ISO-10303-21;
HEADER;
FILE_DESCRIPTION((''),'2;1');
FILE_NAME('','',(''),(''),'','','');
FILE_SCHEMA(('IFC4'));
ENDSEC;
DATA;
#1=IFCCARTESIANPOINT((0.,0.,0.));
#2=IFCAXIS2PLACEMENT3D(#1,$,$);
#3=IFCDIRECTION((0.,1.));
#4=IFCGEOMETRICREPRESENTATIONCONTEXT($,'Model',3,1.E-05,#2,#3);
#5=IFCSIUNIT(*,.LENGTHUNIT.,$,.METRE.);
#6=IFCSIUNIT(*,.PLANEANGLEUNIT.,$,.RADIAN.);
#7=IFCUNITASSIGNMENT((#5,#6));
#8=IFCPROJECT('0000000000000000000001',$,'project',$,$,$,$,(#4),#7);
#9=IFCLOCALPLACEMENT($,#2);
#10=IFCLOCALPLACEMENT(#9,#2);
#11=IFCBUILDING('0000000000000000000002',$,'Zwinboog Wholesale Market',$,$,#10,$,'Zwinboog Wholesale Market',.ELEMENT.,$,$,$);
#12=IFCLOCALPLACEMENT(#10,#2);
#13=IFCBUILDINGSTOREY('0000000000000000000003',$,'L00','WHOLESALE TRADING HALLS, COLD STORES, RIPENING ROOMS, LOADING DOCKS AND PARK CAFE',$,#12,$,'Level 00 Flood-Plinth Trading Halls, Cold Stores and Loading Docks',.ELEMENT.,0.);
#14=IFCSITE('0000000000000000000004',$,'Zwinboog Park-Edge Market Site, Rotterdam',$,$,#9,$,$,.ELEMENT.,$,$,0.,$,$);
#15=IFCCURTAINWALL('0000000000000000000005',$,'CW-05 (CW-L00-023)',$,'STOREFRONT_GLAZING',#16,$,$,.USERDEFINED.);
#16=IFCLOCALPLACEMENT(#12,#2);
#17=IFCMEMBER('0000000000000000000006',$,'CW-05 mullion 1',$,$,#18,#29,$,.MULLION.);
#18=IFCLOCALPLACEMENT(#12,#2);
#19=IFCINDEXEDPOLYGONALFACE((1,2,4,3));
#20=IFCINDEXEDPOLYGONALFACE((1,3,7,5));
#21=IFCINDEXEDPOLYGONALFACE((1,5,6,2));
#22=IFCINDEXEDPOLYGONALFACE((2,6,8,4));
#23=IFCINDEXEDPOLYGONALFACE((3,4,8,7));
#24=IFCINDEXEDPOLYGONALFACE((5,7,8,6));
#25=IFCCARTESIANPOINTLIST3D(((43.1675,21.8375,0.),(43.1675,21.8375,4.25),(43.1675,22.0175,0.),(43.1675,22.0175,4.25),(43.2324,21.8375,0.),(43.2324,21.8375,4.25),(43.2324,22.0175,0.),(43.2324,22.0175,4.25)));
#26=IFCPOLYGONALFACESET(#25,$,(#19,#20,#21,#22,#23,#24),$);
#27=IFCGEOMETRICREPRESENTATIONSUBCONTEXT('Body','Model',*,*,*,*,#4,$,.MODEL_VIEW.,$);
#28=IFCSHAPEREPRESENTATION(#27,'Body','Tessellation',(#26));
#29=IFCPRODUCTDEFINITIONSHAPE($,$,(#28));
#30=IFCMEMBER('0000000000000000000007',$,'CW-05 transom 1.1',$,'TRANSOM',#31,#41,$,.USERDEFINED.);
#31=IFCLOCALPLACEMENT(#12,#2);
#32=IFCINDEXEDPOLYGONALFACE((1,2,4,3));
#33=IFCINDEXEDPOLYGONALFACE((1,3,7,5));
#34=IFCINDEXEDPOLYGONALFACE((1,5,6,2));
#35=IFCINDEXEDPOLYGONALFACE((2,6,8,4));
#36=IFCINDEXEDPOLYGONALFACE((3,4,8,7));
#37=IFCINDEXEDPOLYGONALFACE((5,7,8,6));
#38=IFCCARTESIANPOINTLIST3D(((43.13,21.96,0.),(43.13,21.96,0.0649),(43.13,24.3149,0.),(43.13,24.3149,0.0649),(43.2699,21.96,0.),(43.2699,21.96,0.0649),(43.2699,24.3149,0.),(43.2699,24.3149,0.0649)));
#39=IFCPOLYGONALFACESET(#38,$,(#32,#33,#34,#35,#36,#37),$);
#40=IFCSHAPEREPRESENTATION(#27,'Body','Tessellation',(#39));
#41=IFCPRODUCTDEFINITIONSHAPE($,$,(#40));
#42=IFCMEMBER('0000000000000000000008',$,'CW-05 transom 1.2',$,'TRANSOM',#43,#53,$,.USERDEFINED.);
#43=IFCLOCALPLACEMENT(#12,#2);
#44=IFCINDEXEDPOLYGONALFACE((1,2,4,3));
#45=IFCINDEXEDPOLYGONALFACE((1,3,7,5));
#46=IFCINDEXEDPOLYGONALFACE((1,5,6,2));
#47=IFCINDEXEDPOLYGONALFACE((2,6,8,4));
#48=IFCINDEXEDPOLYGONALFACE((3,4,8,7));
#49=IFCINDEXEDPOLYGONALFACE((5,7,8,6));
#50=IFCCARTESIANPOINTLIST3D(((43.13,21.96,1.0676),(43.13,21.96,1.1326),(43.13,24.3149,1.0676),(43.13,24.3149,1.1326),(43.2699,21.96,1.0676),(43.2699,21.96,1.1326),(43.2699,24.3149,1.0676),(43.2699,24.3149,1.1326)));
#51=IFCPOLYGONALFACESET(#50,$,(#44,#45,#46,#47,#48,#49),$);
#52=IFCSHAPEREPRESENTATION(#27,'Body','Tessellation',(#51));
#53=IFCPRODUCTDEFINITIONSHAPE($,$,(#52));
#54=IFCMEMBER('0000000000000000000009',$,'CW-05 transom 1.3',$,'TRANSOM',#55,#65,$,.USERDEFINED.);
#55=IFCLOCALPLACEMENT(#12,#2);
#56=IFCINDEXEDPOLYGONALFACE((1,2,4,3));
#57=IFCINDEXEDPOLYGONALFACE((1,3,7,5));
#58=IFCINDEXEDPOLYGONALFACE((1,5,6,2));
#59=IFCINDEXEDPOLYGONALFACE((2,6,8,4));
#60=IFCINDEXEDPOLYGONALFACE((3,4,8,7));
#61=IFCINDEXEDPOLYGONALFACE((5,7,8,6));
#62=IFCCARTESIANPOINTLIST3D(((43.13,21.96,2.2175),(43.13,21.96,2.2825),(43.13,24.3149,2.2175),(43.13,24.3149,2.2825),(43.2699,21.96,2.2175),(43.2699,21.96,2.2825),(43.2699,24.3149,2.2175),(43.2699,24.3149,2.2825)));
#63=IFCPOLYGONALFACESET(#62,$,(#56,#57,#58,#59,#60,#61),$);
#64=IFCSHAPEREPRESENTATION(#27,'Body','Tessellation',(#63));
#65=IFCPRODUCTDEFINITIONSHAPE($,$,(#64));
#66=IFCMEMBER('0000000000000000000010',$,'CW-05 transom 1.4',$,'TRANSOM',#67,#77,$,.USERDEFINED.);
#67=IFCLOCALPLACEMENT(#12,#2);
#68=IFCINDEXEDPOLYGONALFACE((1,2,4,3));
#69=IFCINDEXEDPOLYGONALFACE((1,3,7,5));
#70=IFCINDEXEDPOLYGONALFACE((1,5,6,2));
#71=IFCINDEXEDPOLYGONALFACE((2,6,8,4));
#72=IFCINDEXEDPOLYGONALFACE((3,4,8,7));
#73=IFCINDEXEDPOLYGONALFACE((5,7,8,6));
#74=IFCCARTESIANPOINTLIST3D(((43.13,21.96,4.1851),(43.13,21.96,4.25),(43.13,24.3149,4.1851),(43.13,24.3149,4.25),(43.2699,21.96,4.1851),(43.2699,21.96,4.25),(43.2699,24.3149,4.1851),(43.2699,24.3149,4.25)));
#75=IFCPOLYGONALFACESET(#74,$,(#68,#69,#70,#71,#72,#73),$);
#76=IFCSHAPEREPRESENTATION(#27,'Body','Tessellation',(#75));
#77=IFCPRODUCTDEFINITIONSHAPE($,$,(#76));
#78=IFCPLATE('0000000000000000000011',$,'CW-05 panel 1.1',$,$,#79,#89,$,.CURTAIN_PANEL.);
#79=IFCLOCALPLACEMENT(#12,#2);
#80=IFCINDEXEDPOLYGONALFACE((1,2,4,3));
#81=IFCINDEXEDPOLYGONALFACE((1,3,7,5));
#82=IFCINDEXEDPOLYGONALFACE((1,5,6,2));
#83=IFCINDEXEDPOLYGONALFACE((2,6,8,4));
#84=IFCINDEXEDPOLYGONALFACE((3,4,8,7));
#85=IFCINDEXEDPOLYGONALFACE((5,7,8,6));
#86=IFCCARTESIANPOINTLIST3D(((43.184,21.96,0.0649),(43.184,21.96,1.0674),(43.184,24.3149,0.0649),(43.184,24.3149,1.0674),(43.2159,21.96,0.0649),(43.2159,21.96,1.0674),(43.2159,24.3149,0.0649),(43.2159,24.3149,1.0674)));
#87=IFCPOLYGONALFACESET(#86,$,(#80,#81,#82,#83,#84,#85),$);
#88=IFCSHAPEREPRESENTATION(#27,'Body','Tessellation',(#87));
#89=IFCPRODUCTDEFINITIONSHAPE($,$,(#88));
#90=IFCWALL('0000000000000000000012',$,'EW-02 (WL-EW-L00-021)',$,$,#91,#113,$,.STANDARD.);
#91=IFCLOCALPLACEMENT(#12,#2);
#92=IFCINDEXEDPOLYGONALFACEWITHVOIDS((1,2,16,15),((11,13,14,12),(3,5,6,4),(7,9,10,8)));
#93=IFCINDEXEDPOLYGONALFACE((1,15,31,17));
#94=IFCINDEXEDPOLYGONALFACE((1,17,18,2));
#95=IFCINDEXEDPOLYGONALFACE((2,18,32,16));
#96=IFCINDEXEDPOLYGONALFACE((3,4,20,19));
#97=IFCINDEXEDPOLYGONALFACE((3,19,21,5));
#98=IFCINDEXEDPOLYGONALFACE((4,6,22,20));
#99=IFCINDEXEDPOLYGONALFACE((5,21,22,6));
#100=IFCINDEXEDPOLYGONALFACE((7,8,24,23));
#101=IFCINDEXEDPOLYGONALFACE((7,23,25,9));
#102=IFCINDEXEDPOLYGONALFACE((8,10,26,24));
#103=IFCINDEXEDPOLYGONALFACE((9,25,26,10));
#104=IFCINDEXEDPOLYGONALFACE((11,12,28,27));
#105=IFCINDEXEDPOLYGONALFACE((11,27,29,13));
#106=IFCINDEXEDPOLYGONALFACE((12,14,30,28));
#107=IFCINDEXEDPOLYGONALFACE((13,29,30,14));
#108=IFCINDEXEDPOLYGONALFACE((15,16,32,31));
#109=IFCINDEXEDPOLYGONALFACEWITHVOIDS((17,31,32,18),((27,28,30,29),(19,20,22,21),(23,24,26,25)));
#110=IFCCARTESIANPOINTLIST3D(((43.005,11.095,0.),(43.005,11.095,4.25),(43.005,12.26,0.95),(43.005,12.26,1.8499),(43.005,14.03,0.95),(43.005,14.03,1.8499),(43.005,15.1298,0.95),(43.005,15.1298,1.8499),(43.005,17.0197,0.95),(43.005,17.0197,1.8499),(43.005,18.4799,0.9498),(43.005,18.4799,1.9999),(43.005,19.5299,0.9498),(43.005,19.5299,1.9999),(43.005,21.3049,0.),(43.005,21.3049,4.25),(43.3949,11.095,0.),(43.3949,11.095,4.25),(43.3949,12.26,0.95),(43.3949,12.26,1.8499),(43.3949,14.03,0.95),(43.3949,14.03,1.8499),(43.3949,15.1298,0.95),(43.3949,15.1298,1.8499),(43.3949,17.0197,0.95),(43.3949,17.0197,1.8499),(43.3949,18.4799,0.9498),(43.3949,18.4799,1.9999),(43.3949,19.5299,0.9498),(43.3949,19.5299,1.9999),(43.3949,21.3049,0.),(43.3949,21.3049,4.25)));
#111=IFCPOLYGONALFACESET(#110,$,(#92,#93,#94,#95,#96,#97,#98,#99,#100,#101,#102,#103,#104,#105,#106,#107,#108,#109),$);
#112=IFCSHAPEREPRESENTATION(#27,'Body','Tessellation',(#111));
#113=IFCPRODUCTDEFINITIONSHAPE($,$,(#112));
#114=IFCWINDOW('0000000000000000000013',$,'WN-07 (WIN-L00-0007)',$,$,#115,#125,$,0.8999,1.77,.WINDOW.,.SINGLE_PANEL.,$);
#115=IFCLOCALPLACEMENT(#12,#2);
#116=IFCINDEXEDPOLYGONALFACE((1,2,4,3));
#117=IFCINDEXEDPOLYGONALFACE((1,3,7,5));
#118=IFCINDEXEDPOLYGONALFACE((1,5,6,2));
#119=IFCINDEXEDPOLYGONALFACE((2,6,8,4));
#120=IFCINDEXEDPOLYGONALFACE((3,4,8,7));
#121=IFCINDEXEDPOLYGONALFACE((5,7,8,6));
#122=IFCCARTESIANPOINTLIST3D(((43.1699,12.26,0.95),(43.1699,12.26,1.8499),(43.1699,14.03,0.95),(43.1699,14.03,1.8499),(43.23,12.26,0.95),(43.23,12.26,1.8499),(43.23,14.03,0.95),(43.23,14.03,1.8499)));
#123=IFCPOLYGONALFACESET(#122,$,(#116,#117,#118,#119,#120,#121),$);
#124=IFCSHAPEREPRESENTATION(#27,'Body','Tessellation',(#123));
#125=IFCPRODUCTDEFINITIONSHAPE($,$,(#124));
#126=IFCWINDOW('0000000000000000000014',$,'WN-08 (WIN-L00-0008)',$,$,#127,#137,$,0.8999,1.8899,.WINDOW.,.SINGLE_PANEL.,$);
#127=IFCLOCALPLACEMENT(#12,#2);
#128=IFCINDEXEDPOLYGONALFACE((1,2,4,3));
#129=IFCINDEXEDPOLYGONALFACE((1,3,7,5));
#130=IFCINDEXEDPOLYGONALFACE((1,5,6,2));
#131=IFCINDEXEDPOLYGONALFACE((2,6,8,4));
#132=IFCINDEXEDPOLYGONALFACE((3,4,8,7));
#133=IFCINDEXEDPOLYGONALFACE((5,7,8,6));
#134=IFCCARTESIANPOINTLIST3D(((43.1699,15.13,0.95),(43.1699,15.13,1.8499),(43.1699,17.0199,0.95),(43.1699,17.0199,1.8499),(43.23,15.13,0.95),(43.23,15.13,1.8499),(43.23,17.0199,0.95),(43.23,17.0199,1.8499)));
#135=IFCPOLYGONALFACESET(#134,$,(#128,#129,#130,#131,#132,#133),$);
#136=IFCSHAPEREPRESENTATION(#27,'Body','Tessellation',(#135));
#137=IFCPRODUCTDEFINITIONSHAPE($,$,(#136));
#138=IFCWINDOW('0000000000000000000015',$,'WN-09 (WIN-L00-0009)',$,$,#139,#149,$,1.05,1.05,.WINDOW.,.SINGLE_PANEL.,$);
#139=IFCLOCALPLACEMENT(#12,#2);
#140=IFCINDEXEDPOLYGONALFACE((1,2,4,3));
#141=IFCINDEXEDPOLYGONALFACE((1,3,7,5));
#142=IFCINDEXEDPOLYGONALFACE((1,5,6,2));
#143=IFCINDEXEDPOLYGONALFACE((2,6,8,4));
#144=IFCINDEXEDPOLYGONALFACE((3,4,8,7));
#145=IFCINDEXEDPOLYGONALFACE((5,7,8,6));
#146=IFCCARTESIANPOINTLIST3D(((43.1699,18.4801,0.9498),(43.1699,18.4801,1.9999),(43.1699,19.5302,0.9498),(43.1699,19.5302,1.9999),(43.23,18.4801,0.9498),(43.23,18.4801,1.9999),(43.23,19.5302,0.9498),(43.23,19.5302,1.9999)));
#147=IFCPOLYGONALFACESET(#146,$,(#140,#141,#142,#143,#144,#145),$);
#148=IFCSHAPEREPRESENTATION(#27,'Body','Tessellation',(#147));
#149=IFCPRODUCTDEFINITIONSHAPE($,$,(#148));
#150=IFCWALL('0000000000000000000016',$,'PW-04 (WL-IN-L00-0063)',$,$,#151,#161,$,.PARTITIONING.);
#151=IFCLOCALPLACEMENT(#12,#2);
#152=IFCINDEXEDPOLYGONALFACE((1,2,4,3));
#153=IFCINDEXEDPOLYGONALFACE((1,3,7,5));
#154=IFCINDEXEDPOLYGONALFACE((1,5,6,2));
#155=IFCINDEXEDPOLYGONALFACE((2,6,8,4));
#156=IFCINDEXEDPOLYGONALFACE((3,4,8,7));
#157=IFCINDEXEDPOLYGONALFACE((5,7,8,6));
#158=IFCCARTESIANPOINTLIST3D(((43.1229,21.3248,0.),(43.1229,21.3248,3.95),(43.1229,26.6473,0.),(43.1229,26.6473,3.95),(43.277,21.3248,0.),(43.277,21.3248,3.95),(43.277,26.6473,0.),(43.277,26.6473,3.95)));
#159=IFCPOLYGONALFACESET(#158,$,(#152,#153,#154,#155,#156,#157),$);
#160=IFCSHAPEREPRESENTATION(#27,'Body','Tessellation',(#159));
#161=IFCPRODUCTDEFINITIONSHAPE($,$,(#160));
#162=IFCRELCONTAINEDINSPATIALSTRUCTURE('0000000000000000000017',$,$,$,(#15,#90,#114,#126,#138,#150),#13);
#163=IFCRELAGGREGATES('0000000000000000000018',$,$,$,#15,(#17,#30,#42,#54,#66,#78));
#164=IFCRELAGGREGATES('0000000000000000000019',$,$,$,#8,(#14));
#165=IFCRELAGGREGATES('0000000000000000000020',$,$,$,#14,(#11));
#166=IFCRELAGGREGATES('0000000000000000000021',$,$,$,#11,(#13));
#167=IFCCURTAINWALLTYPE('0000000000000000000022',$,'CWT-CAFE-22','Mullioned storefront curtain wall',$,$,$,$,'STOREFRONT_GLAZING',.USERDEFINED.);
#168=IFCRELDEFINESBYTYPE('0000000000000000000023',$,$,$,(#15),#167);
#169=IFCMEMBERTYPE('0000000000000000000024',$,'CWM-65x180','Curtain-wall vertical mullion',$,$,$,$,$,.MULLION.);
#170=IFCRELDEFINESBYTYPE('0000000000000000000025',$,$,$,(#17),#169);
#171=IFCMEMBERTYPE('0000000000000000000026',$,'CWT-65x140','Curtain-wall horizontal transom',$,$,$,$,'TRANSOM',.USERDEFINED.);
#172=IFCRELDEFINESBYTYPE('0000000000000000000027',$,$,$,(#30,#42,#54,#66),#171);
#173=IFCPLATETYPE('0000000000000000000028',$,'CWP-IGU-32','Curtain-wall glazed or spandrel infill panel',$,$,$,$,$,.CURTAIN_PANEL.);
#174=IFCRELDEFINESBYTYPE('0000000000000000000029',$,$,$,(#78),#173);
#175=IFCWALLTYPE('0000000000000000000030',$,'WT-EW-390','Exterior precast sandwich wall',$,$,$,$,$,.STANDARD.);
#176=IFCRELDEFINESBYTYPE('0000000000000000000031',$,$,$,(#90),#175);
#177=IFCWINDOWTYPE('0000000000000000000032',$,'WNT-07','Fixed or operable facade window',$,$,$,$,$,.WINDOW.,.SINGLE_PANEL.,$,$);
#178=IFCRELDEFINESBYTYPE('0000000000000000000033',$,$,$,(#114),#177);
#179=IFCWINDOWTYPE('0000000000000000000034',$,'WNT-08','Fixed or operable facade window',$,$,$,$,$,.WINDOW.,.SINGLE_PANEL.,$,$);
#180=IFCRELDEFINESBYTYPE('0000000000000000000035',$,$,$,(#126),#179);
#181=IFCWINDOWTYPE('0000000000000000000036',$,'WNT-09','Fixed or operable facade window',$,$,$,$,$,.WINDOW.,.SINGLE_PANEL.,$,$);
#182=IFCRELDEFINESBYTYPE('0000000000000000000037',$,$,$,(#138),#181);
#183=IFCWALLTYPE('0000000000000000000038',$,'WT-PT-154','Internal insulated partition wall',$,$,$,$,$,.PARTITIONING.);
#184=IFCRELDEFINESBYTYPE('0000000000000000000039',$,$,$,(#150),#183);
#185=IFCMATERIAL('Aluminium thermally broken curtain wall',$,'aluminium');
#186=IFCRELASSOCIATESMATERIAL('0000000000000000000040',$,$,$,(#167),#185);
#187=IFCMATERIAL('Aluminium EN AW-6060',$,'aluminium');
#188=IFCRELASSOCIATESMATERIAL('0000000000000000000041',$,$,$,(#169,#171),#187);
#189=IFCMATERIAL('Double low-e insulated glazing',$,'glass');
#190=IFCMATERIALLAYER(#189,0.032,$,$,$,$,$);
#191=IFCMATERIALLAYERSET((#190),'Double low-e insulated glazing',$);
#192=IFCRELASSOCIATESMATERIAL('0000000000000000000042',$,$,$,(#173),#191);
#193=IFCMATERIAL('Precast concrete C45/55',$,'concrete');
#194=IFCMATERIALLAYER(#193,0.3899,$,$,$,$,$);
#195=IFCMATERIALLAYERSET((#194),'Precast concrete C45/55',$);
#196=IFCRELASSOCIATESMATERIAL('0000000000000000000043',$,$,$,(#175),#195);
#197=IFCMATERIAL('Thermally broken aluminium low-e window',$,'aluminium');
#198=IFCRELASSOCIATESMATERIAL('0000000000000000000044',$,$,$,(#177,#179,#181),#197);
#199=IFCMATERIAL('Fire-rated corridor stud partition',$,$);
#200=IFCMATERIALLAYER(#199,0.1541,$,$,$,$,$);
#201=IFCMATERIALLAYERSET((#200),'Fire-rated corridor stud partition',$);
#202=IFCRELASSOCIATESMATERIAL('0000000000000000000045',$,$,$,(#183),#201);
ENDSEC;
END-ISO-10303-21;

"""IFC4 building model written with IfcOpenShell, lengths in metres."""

from ifc_helpers import new_model, si_unit, direction, frame, frame_2d, origin, origin_2d, place, context, subcontext, project, spatial, rectangle, extrude, material, layer, layer_set, material_profile, profile_set, type_object, element, fill, aggregate, save


model = new_model("IFC4")

# Units and contexts
model_context = context("Model", 3, precision=1e-05, world=origin(), true_north=direction((0.0, 1.0)))
body_context = subcontext(model_context, "Body", "Model", "MODEL_VIEW")
ifc_project = project(units=[si_unit("LENGTHUNIT", "METRE"), si_unit("PLANEANGLEUNIT", "RADIAN")], contexts=[model_context])

# Site, building, storey
site_placement = place(None, origin())
site = spatial("IfcSite", under=ifc_project, at=site_placement, Name="Zwinboog Park-Edge Market Site, Rotterdam", CompositionType="ELEMENT", RefElevation=0.0)
building_placement = place(site_placement, origin())
building = spatial("IfcBuilding", under=site, at=building_placement, Name="Zwinboog Wholesale Market", LongName="Zwinboog Wholesale Market", CompositionType="ELEMENT")
storey_placement = place(building_placement, origin())
storey = spatial("IfcBuildingStorey", under=building, at=storey_placement, Name="L00", Description="WHOLESALE TRADING HALLS, COLD STORES, RIPENING ROOMS, LOADING DOCKS AND PARK CAFE", LongName="Level 00 Flood-Plinth Trading Halls, Cold Stores and Loading Docks", CompositionType="ELEMENT", Elevation=0.0)

# Shared definitions
ifc_material_1 = material(Name="Precast concrete C45/55", Category="concrete")

# Curtain wall, members, plate
ifc_material_2 = material(Name="Aluminium thermally broken curtain wall", Category="aluminium")
curtain_wall_type = type_object("IfcCurtainWallType", Name="CWT-CAFE-22", Description="Mullioned storefront curtain wall", ElementType="STOREFRONT_GLAZING", PredefinedType="USERDEFINED", material=ifc_material_2)
curtain_wall_placement = place(storey_placement, origin())
curtain_wall = element("IfcCurtainWall", 1, at=curtain_wall_placement, inside=storey, type_object=curtain_wall_type, Name="CW-05 (CW-L00-023)", ObjectType="STOREFRONT_GLAZING", PredefinedType="USERDEFINED")
ifc_material_3 = material(Name="Aluminium EN AW-6060", Category="aluminium")
ifc_material_profile_1 = material_profile(ifc_material_3, rectangle(XDim=0.0649, YDim=0.1799, at=origin_2d()), Name="AL 65x180")
ifc_profile_set_1 = profile_set([ifc_material_profile_1], Name="Aluminium EN AW-6060")
member_type_1 = type_object("IfcMemberType", Name="CWM-65x180", Description="Curtain-wall vertical mullion", PredefinedType="MULLION", material=ifc_profile_set_1)
member_1_placement = place(storey_placement, frame((43.2, 21.9275, 0.0), z_axis=(0.0, 0.0, 1.0), x_axis=(-1.0, 0.0, 0.0)))
member_1 = element("IfcMember", 2, at=member_1_placement, type_object=member_type_1, Name="CW-05 mullion 1", PredefinedType="MULLION", context=body_context, shape_type="SweptSolid", body=[
    extrude(rectangle(XDim=0.0649, YDim=0.1799, at=origin_2d()), origin(), (0.0, 0.0, 1.0), 4.25),
])
ifc_material_profile_2 = material_profile(ifc_material_3, rectangle(XDim=0.1399, YDim=0.0649, at=origin_2d()), Name="AL 65x140")
ifc_profile_set_2 = profile_set([ifc_material_profile_2], Name="Aluminium EN AW-6060")
member_type_2 = type_object("IfcMemberType", Name="CWT-65x140", Description="Curtain-wall horizontal transom", ElementType="TRANSOM", PredefinedType="USERDEFINED", material=ifc_profile_set_2)
member_2_placement = place(storey_placement, frame((43.2, 21.96, 0.0325), z_axis=(0.0, 1.0, 0.0), x_axis=(-1.0, 0.0, 0.0)))
member_2 = element("IfcMember", 3, at=member_2_placement, type_object=member_type_2, Name="CW-05 transom 1.1", ObjectType="TRANSOM", PredefinedType="USERDEFINED", context=body_context, shape_type="SweptSolid", body=[
    extrude(rectangle(XDim=0.1399, YDim=0.0649, at=origin_2d()), origin(), (0.0, 0.0, 1.0), 2.355),
])
member_3_placement = place(storey_placement, frame((43.2, 21.96, 1.1001), z_axis=(0.0, 1.0, 0.0), x_axis=(-1.0, 0.0, 0.0)))
member_3 = element("IfcMember", 4, at=member_3_placement, type_object=member_type_2, Name="CW-05 transom 1.2", ObjectType="TRANSOM", PredefinedType="USERDEFINED", context=body_context, shape_type="SweptSolid", body=[
    extrude(rectangle(XDim=0.1399, YDim=0.0649, at=origin_2d()), origin(), (0.0, 0.0, 1.0), 2.355),
])
member_4_placement = place(storey_placement, frame((43.2, 21.96, 2.25), z_axis=(0.0, 1.0, 0.0), x_axis=(-1.0, 0.0, 0.0)))
member_4 = element("IfcMember", 5, at=member_4_placement, type_object=member_type_2, Name="CW-05 transom 1.3", ObjectType="TRANSOM", PredefinedType="USERDEFINED", context=body_context, shape_type="SweptSolid", body=[
    extrude(rectangle(XDim=0.1399, YDim=0.0649, at=origin_2d()), origin(), (0.0, 0.0, 1.0), 2.355),
])
member_5_placement = place(storey_placement, frame((43.2, 21.96, 4.2175), z_axis=(0.0, 1.0, 0.0), x_axis=(-1.0, 0.0, 0.0)))
member_5 = element("IfcMember", 6, at=member_5_placement, type_object=member_type_2, Name="CW-05 transom 1.4", ObjectType="TRANSOM", PredefinedType="USERDEFINED", context=body_context, shape_type="SweptSolid", body=[
    extrude(rectangle(XDim=0.1399, YDim=0.0649, at=origin_2d()), origin(), (0.0, 0.0, 1.0), 2.355),
])
ifc_material_4 = material(Name="Double low-e insulated glazing", Category="glass")
ifc_layer_1 = layer(ifc_material_4, 0.032)
ifc_layer_set_1 = layer_set([ifc_layer_1], Name="Double low-e insulated glazing")
plate_type = type_object("IfcPlateType", Name="CWP-IGU-32", Description="Curtain-wall glazed or spandrel infill panel", PredefinedType="CURTAIN_PANEL", material=ifc_layer_set_1)
plate_placement = place(storey_placement, frame((43.2, 23.1375, 0.0649), z_axis=(0.0, 0.0, 1.0), x_axis=(0.0, 1.0, 0.0)))
plate = element("IfcPlate", 7, at=plate_placement, type_object=plate_type, Name="CW-05 panel 1.1", PredefinedType="CURTAIN_PANEL", context=body_context, shape_type="SweptSolid", body=[
    extrude(rectangle(XDim=2.355, YDim=0.032, at=origin_2d()), origin(), (0.0, 0.0, 1.0), 1.0024),
])
aggregate(curtain_wall, [member_1, member_2, member_3, member_4, member_5, plate])

# Wall, openings, windows
ifc_layer_2 = layer(ifc_material_1, 0.3899)
ifc_layer_set_2 = layer_set([ifc_layer_2], Name="Precast concrete C45/55")
wall_type_1 = type_object("IfcWallType", Name="WT-EW-390", Description="Exterior precast sandwich wall", PredefinedType="STANDARD", material=ifc_layer_set_2)
wall_1_placement = place(storey_placement, frame((43.2, 11.095, 0.0), z_axis=(0.0, 0.0, 1.0), x_axis=(0.0, 1.0, 0.0)))
wall_1 = element("IfcWall", 8, at=wall_1_placement, inside=storey, type_object=wall_type_1, Name="EW-02 (WL-EW-L00-021)", PredefinedType="STANDARD", context=body_context, shape_type="SweptSolid", body=[
    extrude(rectangle(XDim=10.21, YDim=0.3899, at=frame_2d((5.105, 0.0))), origin(), (0.0, 0.0, 1.0), 4.25),
])
opening_1_placement = place(wall_1_placement, frame((1.165, 0.0, 0.95)))
opening_1 = element("IfcOpeningElement", 9, at=opening_1_placement, cuts=wall_1, PredefinedType="OPENING", context=body_context, shape_type="SweptSolid", body=[
    extrude(rectangle(XDim=1.77, YDim=0.8999, at=frame_2d((0.885, 0.45))), frame((0.0, 0.2048, 0.0), z_axis=(0.0, -1.0, 0.0), x_axis=(1.0, 0.0, 0.0)), (0.0, 0.0, 1.0), 0.4099),
])
opening_2_placement = place(wall_1_placement, frame((4.0349, 0.0, 0.95)))
opening_2 = element("IfcOpeningElement", 10, at=opening_2_placement, cuts=wall_1, PredefinedType="OPENING", context=body_context, shape_type="SweptSolid", body=[
    extrude(rectangle(XDim=1.8899, YDim=0.8999, at=frame_2d((0.9448, 0.45))), frame((0.0, 0.2048, 0.0), z_axis=(0.0, -1.0, 0.0), x_axis=(1.0, 0.0, 0.0)), (0.0, 0.0, 1.0), 0.4099),
])
opening_3_placement = place(wall_1_placement, frame((7.385, 0.0, 0.95)))
opening_3 = element("IfcOpeningElement", 11, at=opening_3_placement, cuts=wall_1, PredefinedType="OPENING", context=body_context, shape_type="SweptSolid", body=[
    extrude(rectangle(XDim=1.05, YDim=1.05, at=frame_2d((0.5249, 0.5249))), frame((0.0, 0.2048, 0.0), z_axis=(0.0, -1.0, 0.0), x_axis=(1.0, 0.0, 0.0)), (0.0, 0.0, 1.0), 0.4099),
])
ifc_material_5 = material(Name="Thermally broken aluminium low-e window", Category="aluminium")
window_type_1 = type_object("IfcWindowType", Name="WNT-07", Description="Fixed or operable facade window", PartitioningType="SINGLE_PANEL", PredefinedType="WINDOW", material=ifc_material_5)
window_1_placement = place(opening_1_placement, frame((1.77, 0.0, 0.0), z_axis=(0.0, 0.0, 1.0), x_axis=(-1.0, 0.0, 0.0)))
window_1 = element("IfcWindow", 12, at=window_1_placement, inside=storey, type_object=window_type_1, Name="WN-07 (WIN-L00-0007)", OverallHeight=0.8999, OverallWidth=1.77, PartitioningType="SINGLE_PANEL", PredefinedType="WINDOW", context=body_context, shape_type="SweptSolid", body=[
    extrude(rectangle(XDim=1.77, YDim=0.8999, at=frame_2d((0.885, 0.45))), frame((0.0, 0.03, 0.0), z_axis=(0.0, -1.0, 0.0), x_axis=(1.0, 0.0, 0.0)), (0.0, 0.0, 1.0), 0.0601),
])
fill(opening_1, window_1)
window_type_2 = type_object("IfcWindowType", Name="WNT-08", Description="Fixed or operable facade window", PartitioningType="SINGLE_PANEL", PredefinedType="WINDOW", material=ifc_material_5)
window_2_placement = place(opening_2_placement, frame((1.8899, 0.0, 0.0), z_axis=(0.0, 0.0, 1.0), x_axis=(-1.0, 0.0, 0.0)))
window_2 = element("IfcWindow", 13, at=window_2_placement, inside=storey, type_object=window_type_2, Name="WN-08 (WIN-L00-0008)", OverallHeight=0.8999, OverallWidth=1.8899, PartitioningType="SINGLE_PANEL", PredefinedType="WINDOW", context=body_context, shape_type="SweptSolid", body=[
    extrude(rectangle(XDim=1.8899, YDim=0.8999, at=frame_2d((0.9448, 0.45))), frame((0.0, 0.03, 0.0), z_axis=(0.0, -1.0, 0.0), x_axis=(1.0, 0.0, 0.0)), (0.0, 0.0, 1.0), 0.0601),
])
fill(opening_2, window_2)
window_type_3 = type_object("IfcWindowType", Name="WNT-09", Description="Fixed or operable facade window", PartitioningType="SINGLE_PANEL", PredefinedType="WINDOW", material=ifc_material_5)
window_3_placement = place(opening_3_placement, frame((1.05, 0.0, 0.0), z_axis=(0.0, 0.0, 1.0), x_axis=(-1.0, 0.0, 0.0)))
window_3 = element("IfcWindow", 14, at=window_3_placement, inside=storey, type_object=window_type_3, Name="WN-09 (WIN-L00-0009)", OverallHeight=1.05, OverallWidth=1.05, PartitioningType="SINGLE_PANEL", PredefinedType="WINDOW", context=body_context, shape_type="SweptSolid", body=[
    extrude(rectangle(XDim=1.05, YDim=1.05, at=frame_2d((0.5249, 0.5249))), frame((0.0, 0.03, 0.0), z_axis=(0.0, -1.0, 0.0), x_axis=(1.0, 0.0, 0.0)), (0.0, 0.0, 1.0), 0.0601),
])
fill(opening_3, window_3)

# Wall
ifc_material_6 = material(Name="Fire-rated corridor stud partition")
ifc_layer_3 = layer(ifc_material_6, 0.1541)
ifc_layer_set_3 = layer_set([ifc_layer_3], Name="Fire-rated corridor stud partition")
wall_type_2 = type_object("IfcWallType", Name="WT-PT-154", Description="Internal insulated partition wall", PredefinedType="PARTITIONING", material=ifc_layer_set_3)
wall_2_placement = place(storey_placement, frame((43.2, 21.325, 0.0), z_axis=(0.0, 0.0, 1.0), x_axis=(0.0, 1.0, 0.0)))
element("IfcWall", 15, at=wall_2_placement, inside=storey, type_object=wall_type_2, Name="PW-04 (WL-IN-L00-0063)", PredefinedType="PARTITIONING", context=body_context, shape_type="SweptSolid", body=[
    extrude(rectangle(XDim=5.3225, YDim=0.1541, at=frame_2d((2.6611, 0.0))), origin(), (0.0, 0.0, 1.0), 3.95),
])

save(model, "model.ifc")
